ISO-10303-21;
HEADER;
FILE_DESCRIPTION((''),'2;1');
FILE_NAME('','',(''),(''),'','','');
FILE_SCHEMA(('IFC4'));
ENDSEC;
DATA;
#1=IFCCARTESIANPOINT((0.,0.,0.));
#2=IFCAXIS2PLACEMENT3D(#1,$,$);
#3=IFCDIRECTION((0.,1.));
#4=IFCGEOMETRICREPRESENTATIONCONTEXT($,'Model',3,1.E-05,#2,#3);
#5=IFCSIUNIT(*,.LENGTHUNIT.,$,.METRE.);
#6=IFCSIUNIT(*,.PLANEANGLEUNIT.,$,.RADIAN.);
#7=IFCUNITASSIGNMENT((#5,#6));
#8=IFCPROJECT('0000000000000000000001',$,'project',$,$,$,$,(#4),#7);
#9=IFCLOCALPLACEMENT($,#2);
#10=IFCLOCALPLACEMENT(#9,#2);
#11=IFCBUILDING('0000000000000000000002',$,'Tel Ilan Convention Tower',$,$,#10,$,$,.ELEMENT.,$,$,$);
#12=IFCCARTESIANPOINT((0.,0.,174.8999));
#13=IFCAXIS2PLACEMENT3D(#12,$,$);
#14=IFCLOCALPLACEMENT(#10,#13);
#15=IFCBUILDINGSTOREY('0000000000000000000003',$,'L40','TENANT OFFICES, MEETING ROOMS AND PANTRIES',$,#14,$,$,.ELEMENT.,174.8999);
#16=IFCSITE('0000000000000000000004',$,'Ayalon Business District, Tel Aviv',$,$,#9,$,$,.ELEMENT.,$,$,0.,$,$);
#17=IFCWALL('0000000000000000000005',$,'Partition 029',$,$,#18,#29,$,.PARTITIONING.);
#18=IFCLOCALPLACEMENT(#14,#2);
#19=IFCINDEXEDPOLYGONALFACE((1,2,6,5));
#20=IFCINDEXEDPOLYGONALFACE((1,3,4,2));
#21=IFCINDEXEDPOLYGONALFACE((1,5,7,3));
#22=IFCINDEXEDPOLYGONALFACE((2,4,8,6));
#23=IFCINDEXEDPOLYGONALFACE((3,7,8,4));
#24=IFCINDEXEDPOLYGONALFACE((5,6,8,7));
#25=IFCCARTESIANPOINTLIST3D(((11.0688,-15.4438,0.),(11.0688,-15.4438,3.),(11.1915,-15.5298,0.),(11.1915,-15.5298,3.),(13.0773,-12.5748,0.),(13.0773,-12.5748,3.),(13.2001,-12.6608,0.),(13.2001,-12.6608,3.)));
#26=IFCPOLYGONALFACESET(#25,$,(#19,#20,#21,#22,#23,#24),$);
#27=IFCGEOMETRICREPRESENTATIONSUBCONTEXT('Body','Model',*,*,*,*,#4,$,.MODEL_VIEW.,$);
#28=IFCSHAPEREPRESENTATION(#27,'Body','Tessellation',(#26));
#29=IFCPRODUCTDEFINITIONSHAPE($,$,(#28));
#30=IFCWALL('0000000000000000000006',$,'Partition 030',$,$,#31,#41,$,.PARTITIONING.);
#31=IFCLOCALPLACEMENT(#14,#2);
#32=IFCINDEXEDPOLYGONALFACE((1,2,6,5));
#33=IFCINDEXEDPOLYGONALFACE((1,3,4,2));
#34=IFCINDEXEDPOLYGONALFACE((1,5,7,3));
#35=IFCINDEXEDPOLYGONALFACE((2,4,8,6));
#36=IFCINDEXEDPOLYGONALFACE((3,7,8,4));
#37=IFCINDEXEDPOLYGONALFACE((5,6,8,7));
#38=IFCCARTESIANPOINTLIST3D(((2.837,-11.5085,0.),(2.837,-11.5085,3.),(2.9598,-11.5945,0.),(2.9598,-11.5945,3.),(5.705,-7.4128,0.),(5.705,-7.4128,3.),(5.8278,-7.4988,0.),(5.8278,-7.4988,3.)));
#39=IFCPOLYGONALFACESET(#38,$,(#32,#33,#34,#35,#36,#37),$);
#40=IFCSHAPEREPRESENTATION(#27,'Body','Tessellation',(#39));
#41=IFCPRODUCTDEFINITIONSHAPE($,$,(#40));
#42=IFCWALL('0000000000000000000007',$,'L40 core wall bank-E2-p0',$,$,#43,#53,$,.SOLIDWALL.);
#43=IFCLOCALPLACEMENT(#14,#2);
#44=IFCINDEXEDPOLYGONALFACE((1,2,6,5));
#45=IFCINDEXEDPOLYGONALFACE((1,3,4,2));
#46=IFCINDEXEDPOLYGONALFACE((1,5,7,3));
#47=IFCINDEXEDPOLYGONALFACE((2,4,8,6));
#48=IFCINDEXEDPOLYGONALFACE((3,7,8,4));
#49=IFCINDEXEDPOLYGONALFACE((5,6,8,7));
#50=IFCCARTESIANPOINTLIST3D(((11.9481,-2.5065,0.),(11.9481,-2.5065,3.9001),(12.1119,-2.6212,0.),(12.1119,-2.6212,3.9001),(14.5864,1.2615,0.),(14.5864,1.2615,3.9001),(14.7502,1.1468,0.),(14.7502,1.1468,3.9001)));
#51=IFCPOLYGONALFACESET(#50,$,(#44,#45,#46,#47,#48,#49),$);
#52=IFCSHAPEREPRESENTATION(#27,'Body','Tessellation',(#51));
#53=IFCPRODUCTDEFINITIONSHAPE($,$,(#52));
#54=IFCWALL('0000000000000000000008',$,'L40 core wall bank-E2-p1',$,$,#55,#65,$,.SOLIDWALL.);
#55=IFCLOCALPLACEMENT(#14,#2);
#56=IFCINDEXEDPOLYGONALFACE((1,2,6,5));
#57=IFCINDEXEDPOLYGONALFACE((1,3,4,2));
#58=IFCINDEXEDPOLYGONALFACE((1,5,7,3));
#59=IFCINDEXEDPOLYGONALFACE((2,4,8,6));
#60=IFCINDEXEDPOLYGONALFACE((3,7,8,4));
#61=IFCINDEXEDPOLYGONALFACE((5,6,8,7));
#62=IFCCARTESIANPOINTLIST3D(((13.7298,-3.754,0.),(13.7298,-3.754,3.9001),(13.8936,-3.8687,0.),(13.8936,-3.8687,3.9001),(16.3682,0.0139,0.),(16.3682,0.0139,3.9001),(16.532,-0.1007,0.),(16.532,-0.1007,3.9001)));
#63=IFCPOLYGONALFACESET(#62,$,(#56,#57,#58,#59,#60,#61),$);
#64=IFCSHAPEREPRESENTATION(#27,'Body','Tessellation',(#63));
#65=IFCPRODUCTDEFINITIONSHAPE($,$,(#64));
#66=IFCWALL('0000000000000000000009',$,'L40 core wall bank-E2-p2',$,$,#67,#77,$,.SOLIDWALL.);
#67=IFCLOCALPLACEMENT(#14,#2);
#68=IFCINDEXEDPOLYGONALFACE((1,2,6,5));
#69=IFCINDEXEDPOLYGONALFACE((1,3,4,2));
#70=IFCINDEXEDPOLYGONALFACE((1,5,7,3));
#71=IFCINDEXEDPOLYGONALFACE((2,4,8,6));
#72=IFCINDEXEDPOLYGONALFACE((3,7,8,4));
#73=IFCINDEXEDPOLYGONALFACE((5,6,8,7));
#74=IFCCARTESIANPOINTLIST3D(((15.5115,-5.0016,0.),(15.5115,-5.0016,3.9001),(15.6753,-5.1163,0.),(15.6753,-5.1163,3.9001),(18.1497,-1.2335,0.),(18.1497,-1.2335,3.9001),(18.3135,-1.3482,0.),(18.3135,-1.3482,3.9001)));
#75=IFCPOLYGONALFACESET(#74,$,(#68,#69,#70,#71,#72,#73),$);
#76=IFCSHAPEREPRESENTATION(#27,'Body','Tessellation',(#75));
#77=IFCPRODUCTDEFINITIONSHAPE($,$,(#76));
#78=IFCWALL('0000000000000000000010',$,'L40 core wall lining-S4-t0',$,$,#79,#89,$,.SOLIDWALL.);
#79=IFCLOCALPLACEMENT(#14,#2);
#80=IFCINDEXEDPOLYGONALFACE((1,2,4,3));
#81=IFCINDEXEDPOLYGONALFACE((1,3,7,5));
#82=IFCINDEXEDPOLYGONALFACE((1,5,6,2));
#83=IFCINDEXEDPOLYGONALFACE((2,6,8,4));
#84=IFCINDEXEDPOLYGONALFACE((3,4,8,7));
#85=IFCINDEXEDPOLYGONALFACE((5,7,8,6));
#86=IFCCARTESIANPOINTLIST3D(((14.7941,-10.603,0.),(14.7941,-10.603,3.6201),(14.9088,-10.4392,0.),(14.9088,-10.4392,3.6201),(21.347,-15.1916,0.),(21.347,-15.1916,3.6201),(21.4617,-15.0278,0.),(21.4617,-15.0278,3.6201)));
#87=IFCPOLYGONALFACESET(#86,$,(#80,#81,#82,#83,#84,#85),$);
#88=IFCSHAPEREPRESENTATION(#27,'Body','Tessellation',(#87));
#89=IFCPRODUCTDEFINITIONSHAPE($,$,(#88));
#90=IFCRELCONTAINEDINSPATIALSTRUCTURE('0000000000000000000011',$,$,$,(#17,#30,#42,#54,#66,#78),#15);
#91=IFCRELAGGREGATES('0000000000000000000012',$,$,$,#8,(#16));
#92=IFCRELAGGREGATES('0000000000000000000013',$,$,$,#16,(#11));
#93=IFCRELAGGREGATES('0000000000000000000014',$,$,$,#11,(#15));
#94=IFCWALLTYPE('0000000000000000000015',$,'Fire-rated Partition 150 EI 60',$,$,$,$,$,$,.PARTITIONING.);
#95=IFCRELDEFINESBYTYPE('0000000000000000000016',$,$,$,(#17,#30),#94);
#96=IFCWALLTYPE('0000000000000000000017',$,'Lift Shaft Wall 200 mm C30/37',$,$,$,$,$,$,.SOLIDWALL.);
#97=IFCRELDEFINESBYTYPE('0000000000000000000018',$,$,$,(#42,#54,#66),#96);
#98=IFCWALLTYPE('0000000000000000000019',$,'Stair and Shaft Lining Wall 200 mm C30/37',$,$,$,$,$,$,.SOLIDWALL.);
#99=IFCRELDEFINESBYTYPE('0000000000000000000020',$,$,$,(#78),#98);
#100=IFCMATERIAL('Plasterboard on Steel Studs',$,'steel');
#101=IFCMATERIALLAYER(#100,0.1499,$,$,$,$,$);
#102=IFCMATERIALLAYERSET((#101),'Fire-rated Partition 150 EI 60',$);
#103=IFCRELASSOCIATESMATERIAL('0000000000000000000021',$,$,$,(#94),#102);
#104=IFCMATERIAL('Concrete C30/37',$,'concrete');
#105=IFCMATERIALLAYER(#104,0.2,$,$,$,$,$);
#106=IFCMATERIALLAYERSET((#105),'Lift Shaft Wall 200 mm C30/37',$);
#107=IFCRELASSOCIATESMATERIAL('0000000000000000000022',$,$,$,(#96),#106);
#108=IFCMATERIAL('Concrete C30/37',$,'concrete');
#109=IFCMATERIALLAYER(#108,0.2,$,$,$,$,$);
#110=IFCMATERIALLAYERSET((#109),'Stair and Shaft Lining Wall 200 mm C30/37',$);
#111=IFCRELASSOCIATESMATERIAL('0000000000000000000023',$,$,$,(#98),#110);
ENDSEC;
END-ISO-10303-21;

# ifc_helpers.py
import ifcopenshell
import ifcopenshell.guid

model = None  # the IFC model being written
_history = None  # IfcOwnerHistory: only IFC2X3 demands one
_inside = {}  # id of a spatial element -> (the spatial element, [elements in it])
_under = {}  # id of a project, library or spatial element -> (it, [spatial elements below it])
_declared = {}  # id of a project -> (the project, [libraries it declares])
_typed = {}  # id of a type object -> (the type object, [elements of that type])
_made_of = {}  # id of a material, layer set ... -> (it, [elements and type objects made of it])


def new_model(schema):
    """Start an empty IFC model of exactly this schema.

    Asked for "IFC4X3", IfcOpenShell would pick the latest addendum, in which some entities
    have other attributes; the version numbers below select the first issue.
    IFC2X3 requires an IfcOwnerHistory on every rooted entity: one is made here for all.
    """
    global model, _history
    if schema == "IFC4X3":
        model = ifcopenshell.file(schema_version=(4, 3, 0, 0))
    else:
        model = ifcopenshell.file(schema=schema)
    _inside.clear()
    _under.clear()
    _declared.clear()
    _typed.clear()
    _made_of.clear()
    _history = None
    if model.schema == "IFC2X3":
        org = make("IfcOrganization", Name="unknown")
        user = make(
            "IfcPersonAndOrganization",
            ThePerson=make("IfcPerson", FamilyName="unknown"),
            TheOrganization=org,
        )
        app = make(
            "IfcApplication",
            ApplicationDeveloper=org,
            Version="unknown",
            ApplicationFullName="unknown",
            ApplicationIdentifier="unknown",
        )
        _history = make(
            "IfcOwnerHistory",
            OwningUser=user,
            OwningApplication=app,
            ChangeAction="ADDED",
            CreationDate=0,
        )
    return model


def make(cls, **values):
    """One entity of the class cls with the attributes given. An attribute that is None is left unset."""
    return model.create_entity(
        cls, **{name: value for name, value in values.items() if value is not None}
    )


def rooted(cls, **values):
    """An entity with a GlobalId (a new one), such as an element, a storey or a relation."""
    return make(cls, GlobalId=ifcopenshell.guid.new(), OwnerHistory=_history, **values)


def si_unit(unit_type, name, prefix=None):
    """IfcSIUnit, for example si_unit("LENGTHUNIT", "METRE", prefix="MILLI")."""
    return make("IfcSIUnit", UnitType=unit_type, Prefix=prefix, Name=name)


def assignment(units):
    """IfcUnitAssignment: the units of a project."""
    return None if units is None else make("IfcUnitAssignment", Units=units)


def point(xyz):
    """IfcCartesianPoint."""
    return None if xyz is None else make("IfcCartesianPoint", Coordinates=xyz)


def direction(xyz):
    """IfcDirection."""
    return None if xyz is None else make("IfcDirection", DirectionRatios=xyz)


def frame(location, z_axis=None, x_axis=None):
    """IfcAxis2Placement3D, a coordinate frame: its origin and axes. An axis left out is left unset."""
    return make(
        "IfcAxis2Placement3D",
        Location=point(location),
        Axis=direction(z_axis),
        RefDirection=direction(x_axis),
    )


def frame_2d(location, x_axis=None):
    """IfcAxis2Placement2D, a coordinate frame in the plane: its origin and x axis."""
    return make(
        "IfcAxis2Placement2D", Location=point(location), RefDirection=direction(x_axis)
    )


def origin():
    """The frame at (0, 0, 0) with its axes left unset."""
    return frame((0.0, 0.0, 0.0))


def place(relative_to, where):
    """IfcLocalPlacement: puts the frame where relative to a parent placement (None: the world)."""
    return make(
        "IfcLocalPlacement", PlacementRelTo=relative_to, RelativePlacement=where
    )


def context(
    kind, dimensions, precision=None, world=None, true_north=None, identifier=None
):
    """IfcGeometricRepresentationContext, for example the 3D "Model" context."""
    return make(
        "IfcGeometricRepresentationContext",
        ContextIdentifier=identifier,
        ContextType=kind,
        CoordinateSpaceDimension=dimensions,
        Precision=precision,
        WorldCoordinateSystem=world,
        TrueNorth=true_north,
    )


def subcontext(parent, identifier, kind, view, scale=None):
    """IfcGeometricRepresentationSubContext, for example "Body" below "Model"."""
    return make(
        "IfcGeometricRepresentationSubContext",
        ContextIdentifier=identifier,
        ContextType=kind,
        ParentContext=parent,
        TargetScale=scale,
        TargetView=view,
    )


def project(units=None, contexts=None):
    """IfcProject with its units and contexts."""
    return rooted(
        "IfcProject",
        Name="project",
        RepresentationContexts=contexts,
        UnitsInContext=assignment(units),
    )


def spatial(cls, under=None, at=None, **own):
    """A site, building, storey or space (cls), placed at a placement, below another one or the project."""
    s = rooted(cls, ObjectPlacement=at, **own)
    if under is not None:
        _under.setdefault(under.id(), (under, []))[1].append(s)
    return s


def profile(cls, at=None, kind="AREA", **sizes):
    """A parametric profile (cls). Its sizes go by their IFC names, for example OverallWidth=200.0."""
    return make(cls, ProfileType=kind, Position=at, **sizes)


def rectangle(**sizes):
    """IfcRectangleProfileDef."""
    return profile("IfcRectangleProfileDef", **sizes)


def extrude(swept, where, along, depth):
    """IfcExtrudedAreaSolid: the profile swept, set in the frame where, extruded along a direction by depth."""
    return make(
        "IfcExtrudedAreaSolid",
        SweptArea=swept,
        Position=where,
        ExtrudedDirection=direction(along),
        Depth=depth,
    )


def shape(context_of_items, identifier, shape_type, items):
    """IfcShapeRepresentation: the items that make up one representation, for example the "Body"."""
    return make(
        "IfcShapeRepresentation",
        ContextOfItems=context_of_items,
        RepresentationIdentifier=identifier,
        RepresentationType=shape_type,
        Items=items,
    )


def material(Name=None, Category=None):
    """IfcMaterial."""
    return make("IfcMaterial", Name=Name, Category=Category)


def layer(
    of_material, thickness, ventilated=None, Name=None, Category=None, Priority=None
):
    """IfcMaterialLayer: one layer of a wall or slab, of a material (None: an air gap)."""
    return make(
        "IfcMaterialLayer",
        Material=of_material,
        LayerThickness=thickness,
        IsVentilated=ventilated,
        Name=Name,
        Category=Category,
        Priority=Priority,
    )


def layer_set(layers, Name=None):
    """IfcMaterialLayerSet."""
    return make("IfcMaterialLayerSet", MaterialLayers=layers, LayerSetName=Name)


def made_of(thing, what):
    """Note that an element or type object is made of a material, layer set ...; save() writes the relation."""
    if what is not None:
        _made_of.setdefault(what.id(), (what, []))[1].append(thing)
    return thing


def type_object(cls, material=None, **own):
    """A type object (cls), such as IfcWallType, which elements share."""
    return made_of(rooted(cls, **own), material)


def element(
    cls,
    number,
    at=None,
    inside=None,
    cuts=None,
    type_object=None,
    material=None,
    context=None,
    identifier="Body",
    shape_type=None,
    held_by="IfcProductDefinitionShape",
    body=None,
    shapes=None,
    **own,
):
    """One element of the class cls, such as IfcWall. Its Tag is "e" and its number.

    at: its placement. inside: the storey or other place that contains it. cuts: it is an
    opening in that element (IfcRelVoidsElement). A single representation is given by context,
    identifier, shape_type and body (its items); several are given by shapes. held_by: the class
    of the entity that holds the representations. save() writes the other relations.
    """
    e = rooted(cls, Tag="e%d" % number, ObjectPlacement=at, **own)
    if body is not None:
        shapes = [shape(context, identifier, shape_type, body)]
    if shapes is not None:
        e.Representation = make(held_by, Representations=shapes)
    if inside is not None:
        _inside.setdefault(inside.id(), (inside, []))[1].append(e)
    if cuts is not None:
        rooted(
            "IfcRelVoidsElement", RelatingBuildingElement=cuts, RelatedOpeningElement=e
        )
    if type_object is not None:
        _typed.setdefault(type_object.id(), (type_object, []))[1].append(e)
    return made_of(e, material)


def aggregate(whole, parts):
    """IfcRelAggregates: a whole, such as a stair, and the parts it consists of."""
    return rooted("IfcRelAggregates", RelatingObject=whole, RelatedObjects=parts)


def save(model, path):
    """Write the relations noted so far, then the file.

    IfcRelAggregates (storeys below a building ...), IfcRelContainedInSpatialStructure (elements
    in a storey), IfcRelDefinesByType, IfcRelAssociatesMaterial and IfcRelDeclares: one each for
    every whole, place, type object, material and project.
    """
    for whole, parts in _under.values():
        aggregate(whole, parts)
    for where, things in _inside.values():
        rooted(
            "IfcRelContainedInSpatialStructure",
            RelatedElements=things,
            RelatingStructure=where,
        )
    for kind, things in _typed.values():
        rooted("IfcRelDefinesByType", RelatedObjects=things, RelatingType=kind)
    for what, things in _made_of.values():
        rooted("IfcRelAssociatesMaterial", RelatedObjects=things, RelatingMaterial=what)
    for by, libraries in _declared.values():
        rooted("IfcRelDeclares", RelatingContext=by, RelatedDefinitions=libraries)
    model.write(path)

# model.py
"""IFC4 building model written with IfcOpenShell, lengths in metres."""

from ifc_helpers import new_model, si_unit, direction, frame, frame_2d, origin, place, context, subcontext, project, spatial, rectangle, extrude, material, layer, layer_set, type_object, element, save


model = new_model("IFC4")

# Units and contexts
model_context = context("Model", 3, precision=1e-05, world=origin(), true_north=direction((0.0, 1.0)))
body_context = subcontext(model_context, "Body", "Model", "MODEL_VIEW")
ifc_project = project(units=[si_unit("LENGTHUNIT", "METRE"), si_unit("PLANEANGLEUNIT", "RADIAN")], contexts=[model_context])

# Site, building, storey
site_placement = place(None, origin())
site = spatial("IfcSite", under=ifc_project, at=site_placement, Name="Ayalon Business District, Tel Aviv", CompositionType="ELEMENT", RefElevation=0.0)
building_placement = place(site_placement, origin())
building = spatial("IfcBuilding", under=site, at=building_placement, Name="Tel Ilan Convention Tower", CompositionType="ELEMENT")
storey_placement = place(building_placement, frame((0.0, 0.0, 174.8999)))
storey = spatial("IfcBuildingStorey", under=building, at=storey_placement, Name="L40", Description="TENANT OFFICES, MEETING ROOMS AND PANTRIES", CompositionType="ELEMENT", Elevation=174.8999)

# Shared definitions
ifc_material_1 = material(Name="Plasterboard on Steel Studs", Category="steel")
ifc_layer_1 = layer(ifc_material_1, 0.1499)
ifc_layer_set_1 = layer_set([ifc_layer_1], Name="Fire-rated Partition 150 EI 60")
wall_type_1 = type_object("IfcWallType", Name="Fire-rated Partition 150 EI 60", PredefinedType="PARTITIONING", material=ifc_layer_set_1)

# Walls
wall_1_placement = place(storey_placement, frame((13.1387, -12.6179, 0.0), z_axis=(0.0, 0.0, 1.0), x_axis=(-0.573523, -0.819189, 0.0)))
element("IfcWall", 1, at=wall_1_placement, inside=storey, type_object=wall_type_1, Name="Partition 029", PredefinedType="PARTITIONING", context=body_context, shape_type="SweptSolid", body=[
    extrude(rectangle(XDim=3.5022, YDim=0.1499, at=frame_2d((1.751, 0.0))), origin(), (0.0, 0.0, 1.0), 3.0),
])
wall_2_placement = place(storey_placement, frame((2.8984, -11.5515, 0.0), z_axis=(0.0, 0.0, 1.0), x_axis=(0.573587, 0.819145, 0.0)))
element("IfcWall", 2, at=wall_2_placement, inside=storey, type_object=wall_type_1, Name="Partition 030", PredefinedType="PARTITIONING", context=body_context, shape_type="SweptSolid", body=[
    extrude(rectangle(XDim=5.0, YDim=0.1499, at=frame_2d((2.5, 0.0))), origin(), (0.0, 0.0, 1.0), 3.0),
])
ifc_material_2 = material(Name="Concrete C30/37", Category="concrete")
ifc_layer_2 = layer(ifc_material_2, 0.2)
ifc_layer_set_2 = layer_set([ifc_layer_2], Name="Lift Shaft Wall 200 mm C30/37")
wall_type_2 = type_object("IfcWallType", Name="Lift Shaft Wall 200 mm C30/37", PredefinedType="SOLIDWALL", material=ifc_layer_set_2)
for number, where, z_axis, x_axis, name in (
    (3, (12.03, -2.5637, 0.0), (0.0, 0.0, 1.0), (0.573576, 0.819152, 0.0), "L40 core wall bank-E2-p0"),
    (4, (13.8118, -3.8113, 0.0), (0.0, 0.0, 1.0), (0.573576, 0.819152, 0.0), "L40 core wall bank-E2-p1"),
    (5, (15.5935, -5.0588, 0.0), (0.0, 0.0, 1.0), (0.573541, 0.819177, 0.0), "L40 core wall bank-E2-p2"),
):
    element("IfcWall", number, at=place(storey_placement, frame(where, z_axis=z_axis, x_axis=x_axis)), inside=storey, type_object=wall_type_2, Name=name, PredefinedType="SOLIDWALL", context=body_context, shape_type="SweptSolid", body=[
        extrude(rectangle(XDim=4.5999, YDim=0.2, at=frame_2d((2.2998, 0.0))), origin(), (0.0, 0.0, 1.0), 3.9001),
    ])
ifc_material_3 = material(Name="Concrete C30/37", Category="concrete")
ifc_layer_3 = layer(ifc_material_3, 0.2)
ifc_layer_set_3 = layer_set([ifc_layer_3], Name="Stair and Shaft Lining Wall 200 mm C30/37")
wall_type_3 = type_object("IfcWallType", Name="Stair and Shaft Lining Wall 200 mm C30/37", PredefinedType="SOLIDWALL", material=ifc_layer_set_3)
wall_3_placement = place(storey_placement, frame((14.8513, -10.521, 0.0), z_axis=(0.0, 0.0, 1.0), x_axis=(0.819142, -0.573591, 0.0)))
element("IfcWall", 6, at=wall_3_placement, inside=storey, type_object=wall_type_3, Name="L40 core wall lining-S4-t0", PredefinedType="SOLIDWALL", context=body_context, shape_type="SweptSolid", body=[
    extrude(rectangle(XDim=7.9998, YDim=0.2, at=frame_2d((4.0, 0.0))), origin(), (0.0, 0.0, 1.0), 3.6201),
])

save(model, "model.ifc")
